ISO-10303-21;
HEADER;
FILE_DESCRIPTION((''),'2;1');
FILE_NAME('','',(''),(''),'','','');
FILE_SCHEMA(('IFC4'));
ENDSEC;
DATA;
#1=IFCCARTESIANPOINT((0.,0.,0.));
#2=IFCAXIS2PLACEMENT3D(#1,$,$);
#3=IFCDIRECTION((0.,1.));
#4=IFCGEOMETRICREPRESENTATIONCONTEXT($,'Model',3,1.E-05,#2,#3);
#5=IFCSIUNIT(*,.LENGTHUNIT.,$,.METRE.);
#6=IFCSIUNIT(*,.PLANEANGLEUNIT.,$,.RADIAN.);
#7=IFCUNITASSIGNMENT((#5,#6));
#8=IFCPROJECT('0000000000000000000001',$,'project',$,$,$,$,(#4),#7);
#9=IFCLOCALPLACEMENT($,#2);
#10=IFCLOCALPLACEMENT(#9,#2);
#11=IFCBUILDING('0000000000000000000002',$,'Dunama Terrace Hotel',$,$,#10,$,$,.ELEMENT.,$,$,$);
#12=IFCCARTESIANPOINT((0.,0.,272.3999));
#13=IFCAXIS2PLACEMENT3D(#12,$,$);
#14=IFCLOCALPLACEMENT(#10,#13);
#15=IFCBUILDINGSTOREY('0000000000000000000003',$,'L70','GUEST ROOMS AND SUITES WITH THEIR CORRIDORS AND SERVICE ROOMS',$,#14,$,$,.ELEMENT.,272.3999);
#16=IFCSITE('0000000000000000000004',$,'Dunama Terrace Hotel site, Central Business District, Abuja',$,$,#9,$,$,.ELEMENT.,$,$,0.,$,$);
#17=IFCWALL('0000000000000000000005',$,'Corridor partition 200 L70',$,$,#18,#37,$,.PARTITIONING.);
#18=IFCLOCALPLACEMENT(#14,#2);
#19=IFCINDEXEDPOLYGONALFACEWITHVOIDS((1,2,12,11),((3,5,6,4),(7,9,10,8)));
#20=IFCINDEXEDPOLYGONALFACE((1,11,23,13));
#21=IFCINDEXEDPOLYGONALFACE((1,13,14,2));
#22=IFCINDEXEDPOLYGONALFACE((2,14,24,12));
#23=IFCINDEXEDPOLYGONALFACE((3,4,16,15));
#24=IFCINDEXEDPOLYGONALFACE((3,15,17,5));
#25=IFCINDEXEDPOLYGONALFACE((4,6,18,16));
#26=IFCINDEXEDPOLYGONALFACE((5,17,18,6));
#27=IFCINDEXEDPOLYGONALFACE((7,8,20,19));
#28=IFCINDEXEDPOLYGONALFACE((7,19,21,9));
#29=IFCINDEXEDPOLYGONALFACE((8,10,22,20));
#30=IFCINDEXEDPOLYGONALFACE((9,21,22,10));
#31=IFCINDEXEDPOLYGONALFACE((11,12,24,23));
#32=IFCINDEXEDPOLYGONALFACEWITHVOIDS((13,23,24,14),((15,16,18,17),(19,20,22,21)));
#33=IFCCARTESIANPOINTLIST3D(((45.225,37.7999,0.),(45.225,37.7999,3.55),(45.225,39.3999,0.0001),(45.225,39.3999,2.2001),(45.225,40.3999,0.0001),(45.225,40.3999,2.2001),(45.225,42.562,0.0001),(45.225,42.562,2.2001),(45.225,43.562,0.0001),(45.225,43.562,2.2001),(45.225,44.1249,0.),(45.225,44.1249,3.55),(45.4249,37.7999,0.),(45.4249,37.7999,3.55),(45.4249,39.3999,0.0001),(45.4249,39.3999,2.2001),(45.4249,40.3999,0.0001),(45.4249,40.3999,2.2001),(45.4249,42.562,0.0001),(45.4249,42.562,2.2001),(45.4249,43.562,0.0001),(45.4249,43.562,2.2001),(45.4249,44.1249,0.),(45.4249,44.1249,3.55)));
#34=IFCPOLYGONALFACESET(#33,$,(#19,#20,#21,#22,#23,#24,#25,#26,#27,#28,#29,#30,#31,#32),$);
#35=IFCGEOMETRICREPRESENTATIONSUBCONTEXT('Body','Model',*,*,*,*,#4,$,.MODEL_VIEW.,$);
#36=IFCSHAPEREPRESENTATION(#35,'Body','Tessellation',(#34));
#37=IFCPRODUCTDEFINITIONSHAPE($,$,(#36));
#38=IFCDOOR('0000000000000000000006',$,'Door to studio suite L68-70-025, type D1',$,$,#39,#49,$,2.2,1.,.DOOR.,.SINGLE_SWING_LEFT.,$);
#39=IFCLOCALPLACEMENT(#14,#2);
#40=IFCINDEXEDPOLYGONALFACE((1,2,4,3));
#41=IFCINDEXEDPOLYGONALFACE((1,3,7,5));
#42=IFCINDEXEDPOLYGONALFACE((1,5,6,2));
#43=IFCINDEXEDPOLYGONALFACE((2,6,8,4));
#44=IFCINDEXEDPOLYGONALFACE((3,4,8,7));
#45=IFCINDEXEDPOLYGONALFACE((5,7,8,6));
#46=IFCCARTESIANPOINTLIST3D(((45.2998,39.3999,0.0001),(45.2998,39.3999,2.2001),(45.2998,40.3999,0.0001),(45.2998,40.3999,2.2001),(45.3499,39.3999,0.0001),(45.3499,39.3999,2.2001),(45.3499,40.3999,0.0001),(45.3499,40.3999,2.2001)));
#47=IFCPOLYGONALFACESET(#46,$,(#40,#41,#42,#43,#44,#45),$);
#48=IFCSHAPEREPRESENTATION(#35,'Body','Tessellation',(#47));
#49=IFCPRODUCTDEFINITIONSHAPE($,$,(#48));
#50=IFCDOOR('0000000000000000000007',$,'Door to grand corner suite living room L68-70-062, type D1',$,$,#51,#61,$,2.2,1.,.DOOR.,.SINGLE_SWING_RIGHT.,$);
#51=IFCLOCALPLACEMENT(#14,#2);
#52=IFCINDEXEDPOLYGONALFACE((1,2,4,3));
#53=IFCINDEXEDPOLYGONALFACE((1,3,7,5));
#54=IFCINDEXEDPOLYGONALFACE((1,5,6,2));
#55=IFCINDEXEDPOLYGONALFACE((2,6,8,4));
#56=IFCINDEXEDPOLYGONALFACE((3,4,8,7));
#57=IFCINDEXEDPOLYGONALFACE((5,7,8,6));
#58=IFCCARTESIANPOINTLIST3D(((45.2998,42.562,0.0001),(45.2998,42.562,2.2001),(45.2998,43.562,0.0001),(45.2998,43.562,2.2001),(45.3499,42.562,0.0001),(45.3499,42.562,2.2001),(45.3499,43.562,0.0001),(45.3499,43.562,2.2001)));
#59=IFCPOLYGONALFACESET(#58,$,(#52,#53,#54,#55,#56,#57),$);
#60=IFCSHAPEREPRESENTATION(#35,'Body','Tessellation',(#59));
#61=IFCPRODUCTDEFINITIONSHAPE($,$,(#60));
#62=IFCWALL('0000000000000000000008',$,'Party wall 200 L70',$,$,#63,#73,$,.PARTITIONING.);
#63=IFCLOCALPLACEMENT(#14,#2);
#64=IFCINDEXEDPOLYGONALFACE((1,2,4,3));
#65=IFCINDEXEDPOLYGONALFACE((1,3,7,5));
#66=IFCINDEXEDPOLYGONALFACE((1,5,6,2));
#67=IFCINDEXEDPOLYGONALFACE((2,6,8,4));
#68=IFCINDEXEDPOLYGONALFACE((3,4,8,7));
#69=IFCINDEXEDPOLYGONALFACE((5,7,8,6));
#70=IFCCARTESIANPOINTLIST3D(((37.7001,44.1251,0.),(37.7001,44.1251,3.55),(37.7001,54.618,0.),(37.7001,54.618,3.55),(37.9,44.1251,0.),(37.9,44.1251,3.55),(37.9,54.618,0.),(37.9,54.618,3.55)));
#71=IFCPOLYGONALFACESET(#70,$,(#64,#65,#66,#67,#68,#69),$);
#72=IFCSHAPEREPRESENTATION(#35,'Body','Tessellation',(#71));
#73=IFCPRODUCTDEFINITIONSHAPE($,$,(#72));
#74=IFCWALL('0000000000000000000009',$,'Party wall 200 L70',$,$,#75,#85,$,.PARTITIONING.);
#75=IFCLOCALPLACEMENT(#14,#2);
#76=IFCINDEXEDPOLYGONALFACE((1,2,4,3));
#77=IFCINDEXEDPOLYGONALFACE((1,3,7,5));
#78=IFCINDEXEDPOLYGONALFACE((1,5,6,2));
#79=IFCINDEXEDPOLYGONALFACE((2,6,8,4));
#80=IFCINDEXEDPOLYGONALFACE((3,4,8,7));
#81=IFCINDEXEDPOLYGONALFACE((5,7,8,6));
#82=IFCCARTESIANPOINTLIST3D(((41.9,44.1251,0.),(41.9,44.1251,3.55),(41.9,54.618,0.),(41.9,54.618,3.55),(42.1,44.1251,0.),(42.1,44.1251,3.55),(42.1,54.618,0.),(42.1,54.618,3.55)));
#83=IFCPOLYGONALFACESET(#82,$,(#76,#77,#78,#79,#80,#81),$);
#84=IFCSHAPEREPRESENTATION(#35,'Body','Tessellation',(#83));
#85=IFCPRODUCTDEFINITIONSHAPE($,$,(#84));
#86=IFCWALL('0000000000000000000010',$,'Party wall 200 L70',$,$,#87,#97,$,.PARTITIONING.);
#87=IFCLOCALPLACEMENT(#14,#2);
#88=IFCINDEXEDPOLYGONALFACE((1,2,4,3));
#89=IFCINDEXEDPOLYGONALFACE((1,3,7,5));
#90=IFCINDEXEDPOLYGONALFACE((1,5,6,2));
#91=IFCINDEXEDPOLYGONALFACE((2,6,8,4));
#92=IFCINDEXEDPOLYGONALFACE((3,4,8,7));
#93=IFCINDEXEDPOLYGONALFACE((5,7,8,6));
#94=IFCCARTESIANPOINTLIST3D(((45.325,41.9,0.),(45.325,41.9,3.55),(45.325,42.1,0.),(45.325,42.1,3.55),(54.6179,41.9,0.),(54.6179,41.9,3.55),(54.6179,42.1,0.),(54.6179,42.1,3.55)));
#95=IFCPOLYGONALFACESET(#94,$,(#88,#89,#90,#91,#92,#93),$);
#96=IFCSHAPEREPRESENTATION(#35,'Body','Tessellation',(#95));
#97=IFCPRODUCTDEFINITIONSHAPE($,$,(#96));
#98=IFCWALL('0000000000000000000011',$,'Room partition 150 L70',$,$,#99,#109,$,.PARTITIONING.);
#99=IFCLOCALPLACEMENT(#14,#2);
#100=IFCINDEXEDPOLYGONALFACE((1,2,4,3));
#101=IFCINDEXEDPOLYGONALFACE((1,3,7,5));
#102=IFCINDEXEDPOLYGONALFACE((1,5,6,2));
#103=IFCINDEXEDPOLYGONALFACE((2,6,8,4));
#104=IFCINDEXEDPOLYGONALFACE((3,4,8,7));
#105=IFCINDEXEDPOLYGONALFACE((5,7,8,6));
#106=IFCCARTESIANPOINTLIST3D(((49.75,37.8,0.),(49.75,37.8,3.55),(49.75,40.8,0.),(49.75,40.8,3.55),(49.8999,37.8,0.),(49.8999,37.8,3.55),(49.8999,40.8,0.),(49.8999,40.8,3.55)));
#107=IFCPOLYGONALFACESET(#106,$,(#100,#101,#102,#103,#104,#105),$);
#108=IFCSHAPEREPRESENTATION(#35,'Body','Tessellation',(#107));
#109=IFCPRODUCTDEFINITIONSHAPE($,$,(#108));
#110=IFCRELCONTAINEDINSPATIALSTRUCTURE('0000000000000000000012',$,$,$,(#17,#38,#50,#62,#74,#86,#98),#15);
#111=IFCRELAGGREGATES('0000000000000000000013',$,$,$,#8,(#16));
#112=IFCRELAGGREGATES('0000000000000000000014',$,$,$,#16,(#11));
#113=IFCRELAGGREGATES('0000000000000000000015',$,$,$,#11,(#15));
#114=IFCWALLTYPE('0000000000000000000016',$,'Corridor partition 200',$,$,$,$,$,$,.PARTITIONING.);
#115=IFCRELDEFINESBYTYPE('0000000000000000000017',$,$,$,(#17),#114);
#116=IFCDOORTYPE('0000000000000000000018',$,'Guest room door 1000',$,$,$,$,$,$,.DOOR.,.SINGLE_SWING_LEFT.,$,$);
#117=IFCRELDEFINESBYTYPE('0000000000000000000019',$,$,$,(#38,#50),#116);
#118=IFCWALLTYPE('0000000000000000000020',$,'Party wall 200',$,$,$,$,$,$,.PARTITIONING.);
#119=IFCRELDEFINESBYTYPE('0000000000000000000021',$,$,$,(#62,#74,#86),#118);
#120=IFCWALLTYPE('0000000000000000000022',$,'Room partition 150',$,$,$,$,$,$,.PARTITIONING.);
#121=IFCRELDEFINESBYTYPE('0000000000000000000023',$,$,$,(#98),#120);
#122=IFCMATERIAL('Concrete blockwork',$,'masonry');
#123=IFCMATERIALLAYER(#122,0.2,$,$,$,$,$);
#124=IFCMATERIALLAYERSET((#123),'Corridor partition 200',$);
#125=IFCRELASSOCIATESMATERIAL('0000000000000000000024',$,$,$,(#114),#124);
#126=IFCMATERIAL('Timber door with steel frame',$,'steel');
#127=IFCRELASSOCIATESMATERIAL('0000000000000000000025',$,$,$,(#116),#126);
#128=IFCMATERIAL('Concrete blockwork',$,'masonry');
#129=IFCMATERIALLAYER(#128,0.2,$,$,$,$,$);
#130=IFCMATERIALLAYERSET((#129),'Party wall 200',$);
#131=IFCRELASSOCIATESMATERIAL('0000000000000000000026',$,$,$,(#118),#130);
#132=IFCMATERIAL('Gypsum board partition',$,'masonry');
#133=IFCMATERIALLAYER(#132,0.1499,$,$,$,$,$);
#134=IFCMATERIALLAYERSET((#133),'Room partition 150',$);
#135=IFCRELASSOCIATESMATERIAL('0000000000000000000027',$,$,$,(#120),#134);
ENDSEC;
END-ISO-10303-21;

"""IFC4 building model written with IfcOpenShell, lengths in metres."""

from ifc_helpers import new_model, si_unit, direction, frame, frame_2d, origin, place, context, subcontext, project, spatial, rectangle, extrude, material, layer, layer_set, type_object, element, fill, save


model = new_model("IFC4")

# Units and contexts
model_context = context("Model", 3, precision=1e-05, world=origin(), true_north=direction((0.0, 1.0)))
body_context = subcontext(model_context, "Body", "Model", "MODEL_VIEW")
ifc_project = project(units=[si_unit("LENGTHUNIT", "METRE"), si_unit("PLANEANGLEUNIT", "RADIAN")], contexts=[model_context])

# Site, building, storey
site_placement = place(None, origin())
site = spatial("IfcSite", under=ifc_project, at=site_placement, Name="Dunama Terrace Hotel site, Central Business District, Abuja", CompositionType="ELEMENT", RefElevation=0.0)
building_placement = place(site_placement, origin())
building = spatial("IfcBuilding", under=site, at=building_placement, Name="Dunama Terrace Hotel", CompositionType="ELEMENT")
storey_placement = place(building_placement, frame((0.0, 0.0, 272.3999)))
storey = spatial("IfcBuildingStorey", under=building, at=storey_placement, Name="L70", Description="GUEST ROOMS AND SUITES WITH THEIR CORRIDORS AND SERVICE ROOMS", CompositionType="ELEMENT", Elevation=272.3999)

# Wall, openings, doors
ifc_material_1 = material(Name="Concrete blockwork", Category="masonry")
ifc_layer_1 = layer(ifc_material_1, 0.2)
ifc_layer_set_1 = layer_set([ifc_layer_1], Name="Corridor partition 200")
wall_type_1 = type_object("IfcWallType", Name="Corridor partition 200", PredefinedType="PARTITIONING", material=ifc_layer_set_1)
wall_1_placement = place(storey_placement, frame((45.325, 44.125, 0.0), z_axis=(0.0, 0.0, 1.0), x_axis=(0.0, -1.0, 0.0)))
wall_1 = element("IfcWall", 1, at=wall_1_placement, inside=storey, type_object=wall_type_1, Name="Corridor partition 200 L70", PredefinedType="PARTITIONING", context=body_context, shape_type="SweptSolid", body=[
    extrude(rectangle(XDim=6.325, YDim=0.2, at=frame_2d((3.1626, 0.0))), origin(), (0.0, 0.0, 1.0), 3.55),
])
opening_1_placement = place(wall_1_placement, frame((3.7251, 0.0, 0.0)))
opening_1 = element("IfcOpeningElement", 2, at=opening_1_placement, cuts=wall_1, PredefinedType="OPENING", context=body_context, shape_type="SweptSolid", body=[
    extrude(rectangle(XDim=1.0, YDim=2.2, at=frame_2d((0.5, 1.1001))), frame((0.0, 0.1099, 0.0), z_axis=(0.0, -1.0, 0.0), x_axis=(1.0, 0.0, 0.0)), (0.0, 0.0, 1.0), 0.22),
])
opening_2_placement = place(wall_1_placement, frame((0.563, 0.0, 0.0)))
opening_2 = element("IfcOpeningElement", 3, at=opening_2_placement, cuts=wall_1, PredefinedType="OPENING", context=body_context, shape_type="SweptSolid", body=[
    extrude(rectangle(XDim=1.0, YDim=2.2, at=frame_2d((0.5, 1.1001))), frame((0.0, 0.1099, 0.0), z_axis=(0.0, -1.0, 0.0), x_axis=(1.0, 0.0, 0.0)), (0.0, 0.0, 1.0), 0.22),
])
ifc_material_2 = material(Name="Timber door with steel frame", Category="steel")
door_type_1 = type_object("IfcDoorType", Name="Guest room door 1000", OperationType="SINGLE_SWING_LEFT", PredefinedType="DOOR", material=ifc_material_2)
door_1_placement = place(opening_1_placement, origin())
door_1 = element("IfcDoor", 4, at=door_1_placement, inside=storey, type_object=door_type_1, Name="Door to studio suite L68-70-025, type D1", OperationType="SINGLE_SWING_LEFT", OverallHeight=2.2, OverallWidth=1.0, PredefinedType="DOOR", context=body_context, shape_type="SweptSolid", body=[
    extrude(rectangle(XDim=1.0, YDim=2.2, at=frame_2d((0.5, 1.1001))), frame((0.0, 0.0249, 0.0), z_axis=(0.0, -1.0, 0.0), x_axis=(1.0, 0.0, 0.0)), (0.0, 0.0, 1.0), 0.05),
])
fill(opening_1, door_1)
door_2_placement = place(opening_2_placement, origin())
door_2 = element("IfcDoor", 5, at=door_2_placement, inside=storey, type_object=door_type_1, Name="Door to grand corner suite living room L68-70-062, type D1", OperationType="SINGLE_SWING_RIGHT", OverallHeight=2.2, OverallWidth=1.0, PredefinedType="DOOR", context=body_context, shape_type="SweptSolid", body=[
    extrude(rectangle(XDim=1.0, YDim=2.2, at=frame_2d((0.5, 1.1001))), frame((0.0, 0.0249, 0.0), z_axis=(0.0, -1.0, 0.0), x_axis=(1.0, 0.0, 0.0)), (0.0, 0.0, 1.0), 0.05),
])
fill(opening_2, door_2)

# Walls
ifc_material_3 = material(Name="Concrete blockwork", Category="masonry")
ifc_layer_2 = layer(ifc_material_3, 0.2)
ifc_layer_set_2 = layer_set([ifc_layer_2], Name="Party wall 200")
wall_type_2 = type_object("IfcWallType", Name="Party wall 200", PredefinedType="PARTITIONING", material=ifc_layer_set_2)
for number, where, z_axis, x_axis, name in (
    (6, (37.8, 44.125, 0.0), (0.0, 0.0, 1.0), (0.0, 1.0, 0.0), "Party wall 200 L70"),
    (7, (42.0, 44.125, 0.0), (0.0, 0.0, 1.0), (0.0, 1.0, 0.0), "Party wall 200 L70"),
):
    element("IfcWall", number, at=place(storey_placement, frame(where, z_axis=z_axis, x_axis=x_axis)), inside=storey, type_object=wall_type_2, Name=name, PredefinedType="PARTITIONING", context=body_context, shape_type="SweptSolid", body=[
        extrude(rectangle(XDim=10.4929, YDim=0.2, at=frame_2d((5.2466, 0.0))), origin(), (0.0, 0.0, 1.0), 3.55),
    ])
wall_2_placement = place(storey_placement, frame((45.325, 42.0, 0.0), z_axis=(0.0, 0.0, 1.0), x_axis=(1.0, 0.0, 0.0)))
element("IfcWall", 8, at=wall_2_placement, inside=storey, type_object=wall_type_2, Name="Party wall 200 L70", PredefinedType="PARTITIONING", context=body_context, shape_type="SweptSolid", body=[
    extrude(rectangle(XDim=9.293, YDim=0.2, at=frame_2d((4.6465, 0.0))), origin(), (0.0, 0.0, 1.0), 3.55),
])
ifc_material_4 = material(Name="Gypsum board partition", Category="masonry")
ifc_layer_3 = layer(ifc_material_4, 0.1499)
ifc_layer_set_3 = layer_set([ifc_layer_3], Name="Room partition 150")
wall_type_3 = type_object("IfcWallType", Name="Room partition 150", PredefinedType="PARTITIONING", material=ifc_layer_set_3)
wall_3_placement = place(storey_placement, frame((49.825, 37.8, 0.0), z_axis=(0.0, 0.0, 1.0), x_axis=(0.0, 1.0, 0.0)))
element("IfcWall", 9, at=wall_3_placement, inside=storey, type_object=wall_type_3, Name="Room partition 150 L70", PredefinedType="PARTITIONING", context=body_context, shape_type="SweptSolid", body=[
    extrude(rectangle(XDim=3.0, YDim=0.1499, at=frame_2d((1.5, 0.0))), origin(), (0.0, 0.0, 1.0), 3.55),
])

save(model, "model.ifc")
